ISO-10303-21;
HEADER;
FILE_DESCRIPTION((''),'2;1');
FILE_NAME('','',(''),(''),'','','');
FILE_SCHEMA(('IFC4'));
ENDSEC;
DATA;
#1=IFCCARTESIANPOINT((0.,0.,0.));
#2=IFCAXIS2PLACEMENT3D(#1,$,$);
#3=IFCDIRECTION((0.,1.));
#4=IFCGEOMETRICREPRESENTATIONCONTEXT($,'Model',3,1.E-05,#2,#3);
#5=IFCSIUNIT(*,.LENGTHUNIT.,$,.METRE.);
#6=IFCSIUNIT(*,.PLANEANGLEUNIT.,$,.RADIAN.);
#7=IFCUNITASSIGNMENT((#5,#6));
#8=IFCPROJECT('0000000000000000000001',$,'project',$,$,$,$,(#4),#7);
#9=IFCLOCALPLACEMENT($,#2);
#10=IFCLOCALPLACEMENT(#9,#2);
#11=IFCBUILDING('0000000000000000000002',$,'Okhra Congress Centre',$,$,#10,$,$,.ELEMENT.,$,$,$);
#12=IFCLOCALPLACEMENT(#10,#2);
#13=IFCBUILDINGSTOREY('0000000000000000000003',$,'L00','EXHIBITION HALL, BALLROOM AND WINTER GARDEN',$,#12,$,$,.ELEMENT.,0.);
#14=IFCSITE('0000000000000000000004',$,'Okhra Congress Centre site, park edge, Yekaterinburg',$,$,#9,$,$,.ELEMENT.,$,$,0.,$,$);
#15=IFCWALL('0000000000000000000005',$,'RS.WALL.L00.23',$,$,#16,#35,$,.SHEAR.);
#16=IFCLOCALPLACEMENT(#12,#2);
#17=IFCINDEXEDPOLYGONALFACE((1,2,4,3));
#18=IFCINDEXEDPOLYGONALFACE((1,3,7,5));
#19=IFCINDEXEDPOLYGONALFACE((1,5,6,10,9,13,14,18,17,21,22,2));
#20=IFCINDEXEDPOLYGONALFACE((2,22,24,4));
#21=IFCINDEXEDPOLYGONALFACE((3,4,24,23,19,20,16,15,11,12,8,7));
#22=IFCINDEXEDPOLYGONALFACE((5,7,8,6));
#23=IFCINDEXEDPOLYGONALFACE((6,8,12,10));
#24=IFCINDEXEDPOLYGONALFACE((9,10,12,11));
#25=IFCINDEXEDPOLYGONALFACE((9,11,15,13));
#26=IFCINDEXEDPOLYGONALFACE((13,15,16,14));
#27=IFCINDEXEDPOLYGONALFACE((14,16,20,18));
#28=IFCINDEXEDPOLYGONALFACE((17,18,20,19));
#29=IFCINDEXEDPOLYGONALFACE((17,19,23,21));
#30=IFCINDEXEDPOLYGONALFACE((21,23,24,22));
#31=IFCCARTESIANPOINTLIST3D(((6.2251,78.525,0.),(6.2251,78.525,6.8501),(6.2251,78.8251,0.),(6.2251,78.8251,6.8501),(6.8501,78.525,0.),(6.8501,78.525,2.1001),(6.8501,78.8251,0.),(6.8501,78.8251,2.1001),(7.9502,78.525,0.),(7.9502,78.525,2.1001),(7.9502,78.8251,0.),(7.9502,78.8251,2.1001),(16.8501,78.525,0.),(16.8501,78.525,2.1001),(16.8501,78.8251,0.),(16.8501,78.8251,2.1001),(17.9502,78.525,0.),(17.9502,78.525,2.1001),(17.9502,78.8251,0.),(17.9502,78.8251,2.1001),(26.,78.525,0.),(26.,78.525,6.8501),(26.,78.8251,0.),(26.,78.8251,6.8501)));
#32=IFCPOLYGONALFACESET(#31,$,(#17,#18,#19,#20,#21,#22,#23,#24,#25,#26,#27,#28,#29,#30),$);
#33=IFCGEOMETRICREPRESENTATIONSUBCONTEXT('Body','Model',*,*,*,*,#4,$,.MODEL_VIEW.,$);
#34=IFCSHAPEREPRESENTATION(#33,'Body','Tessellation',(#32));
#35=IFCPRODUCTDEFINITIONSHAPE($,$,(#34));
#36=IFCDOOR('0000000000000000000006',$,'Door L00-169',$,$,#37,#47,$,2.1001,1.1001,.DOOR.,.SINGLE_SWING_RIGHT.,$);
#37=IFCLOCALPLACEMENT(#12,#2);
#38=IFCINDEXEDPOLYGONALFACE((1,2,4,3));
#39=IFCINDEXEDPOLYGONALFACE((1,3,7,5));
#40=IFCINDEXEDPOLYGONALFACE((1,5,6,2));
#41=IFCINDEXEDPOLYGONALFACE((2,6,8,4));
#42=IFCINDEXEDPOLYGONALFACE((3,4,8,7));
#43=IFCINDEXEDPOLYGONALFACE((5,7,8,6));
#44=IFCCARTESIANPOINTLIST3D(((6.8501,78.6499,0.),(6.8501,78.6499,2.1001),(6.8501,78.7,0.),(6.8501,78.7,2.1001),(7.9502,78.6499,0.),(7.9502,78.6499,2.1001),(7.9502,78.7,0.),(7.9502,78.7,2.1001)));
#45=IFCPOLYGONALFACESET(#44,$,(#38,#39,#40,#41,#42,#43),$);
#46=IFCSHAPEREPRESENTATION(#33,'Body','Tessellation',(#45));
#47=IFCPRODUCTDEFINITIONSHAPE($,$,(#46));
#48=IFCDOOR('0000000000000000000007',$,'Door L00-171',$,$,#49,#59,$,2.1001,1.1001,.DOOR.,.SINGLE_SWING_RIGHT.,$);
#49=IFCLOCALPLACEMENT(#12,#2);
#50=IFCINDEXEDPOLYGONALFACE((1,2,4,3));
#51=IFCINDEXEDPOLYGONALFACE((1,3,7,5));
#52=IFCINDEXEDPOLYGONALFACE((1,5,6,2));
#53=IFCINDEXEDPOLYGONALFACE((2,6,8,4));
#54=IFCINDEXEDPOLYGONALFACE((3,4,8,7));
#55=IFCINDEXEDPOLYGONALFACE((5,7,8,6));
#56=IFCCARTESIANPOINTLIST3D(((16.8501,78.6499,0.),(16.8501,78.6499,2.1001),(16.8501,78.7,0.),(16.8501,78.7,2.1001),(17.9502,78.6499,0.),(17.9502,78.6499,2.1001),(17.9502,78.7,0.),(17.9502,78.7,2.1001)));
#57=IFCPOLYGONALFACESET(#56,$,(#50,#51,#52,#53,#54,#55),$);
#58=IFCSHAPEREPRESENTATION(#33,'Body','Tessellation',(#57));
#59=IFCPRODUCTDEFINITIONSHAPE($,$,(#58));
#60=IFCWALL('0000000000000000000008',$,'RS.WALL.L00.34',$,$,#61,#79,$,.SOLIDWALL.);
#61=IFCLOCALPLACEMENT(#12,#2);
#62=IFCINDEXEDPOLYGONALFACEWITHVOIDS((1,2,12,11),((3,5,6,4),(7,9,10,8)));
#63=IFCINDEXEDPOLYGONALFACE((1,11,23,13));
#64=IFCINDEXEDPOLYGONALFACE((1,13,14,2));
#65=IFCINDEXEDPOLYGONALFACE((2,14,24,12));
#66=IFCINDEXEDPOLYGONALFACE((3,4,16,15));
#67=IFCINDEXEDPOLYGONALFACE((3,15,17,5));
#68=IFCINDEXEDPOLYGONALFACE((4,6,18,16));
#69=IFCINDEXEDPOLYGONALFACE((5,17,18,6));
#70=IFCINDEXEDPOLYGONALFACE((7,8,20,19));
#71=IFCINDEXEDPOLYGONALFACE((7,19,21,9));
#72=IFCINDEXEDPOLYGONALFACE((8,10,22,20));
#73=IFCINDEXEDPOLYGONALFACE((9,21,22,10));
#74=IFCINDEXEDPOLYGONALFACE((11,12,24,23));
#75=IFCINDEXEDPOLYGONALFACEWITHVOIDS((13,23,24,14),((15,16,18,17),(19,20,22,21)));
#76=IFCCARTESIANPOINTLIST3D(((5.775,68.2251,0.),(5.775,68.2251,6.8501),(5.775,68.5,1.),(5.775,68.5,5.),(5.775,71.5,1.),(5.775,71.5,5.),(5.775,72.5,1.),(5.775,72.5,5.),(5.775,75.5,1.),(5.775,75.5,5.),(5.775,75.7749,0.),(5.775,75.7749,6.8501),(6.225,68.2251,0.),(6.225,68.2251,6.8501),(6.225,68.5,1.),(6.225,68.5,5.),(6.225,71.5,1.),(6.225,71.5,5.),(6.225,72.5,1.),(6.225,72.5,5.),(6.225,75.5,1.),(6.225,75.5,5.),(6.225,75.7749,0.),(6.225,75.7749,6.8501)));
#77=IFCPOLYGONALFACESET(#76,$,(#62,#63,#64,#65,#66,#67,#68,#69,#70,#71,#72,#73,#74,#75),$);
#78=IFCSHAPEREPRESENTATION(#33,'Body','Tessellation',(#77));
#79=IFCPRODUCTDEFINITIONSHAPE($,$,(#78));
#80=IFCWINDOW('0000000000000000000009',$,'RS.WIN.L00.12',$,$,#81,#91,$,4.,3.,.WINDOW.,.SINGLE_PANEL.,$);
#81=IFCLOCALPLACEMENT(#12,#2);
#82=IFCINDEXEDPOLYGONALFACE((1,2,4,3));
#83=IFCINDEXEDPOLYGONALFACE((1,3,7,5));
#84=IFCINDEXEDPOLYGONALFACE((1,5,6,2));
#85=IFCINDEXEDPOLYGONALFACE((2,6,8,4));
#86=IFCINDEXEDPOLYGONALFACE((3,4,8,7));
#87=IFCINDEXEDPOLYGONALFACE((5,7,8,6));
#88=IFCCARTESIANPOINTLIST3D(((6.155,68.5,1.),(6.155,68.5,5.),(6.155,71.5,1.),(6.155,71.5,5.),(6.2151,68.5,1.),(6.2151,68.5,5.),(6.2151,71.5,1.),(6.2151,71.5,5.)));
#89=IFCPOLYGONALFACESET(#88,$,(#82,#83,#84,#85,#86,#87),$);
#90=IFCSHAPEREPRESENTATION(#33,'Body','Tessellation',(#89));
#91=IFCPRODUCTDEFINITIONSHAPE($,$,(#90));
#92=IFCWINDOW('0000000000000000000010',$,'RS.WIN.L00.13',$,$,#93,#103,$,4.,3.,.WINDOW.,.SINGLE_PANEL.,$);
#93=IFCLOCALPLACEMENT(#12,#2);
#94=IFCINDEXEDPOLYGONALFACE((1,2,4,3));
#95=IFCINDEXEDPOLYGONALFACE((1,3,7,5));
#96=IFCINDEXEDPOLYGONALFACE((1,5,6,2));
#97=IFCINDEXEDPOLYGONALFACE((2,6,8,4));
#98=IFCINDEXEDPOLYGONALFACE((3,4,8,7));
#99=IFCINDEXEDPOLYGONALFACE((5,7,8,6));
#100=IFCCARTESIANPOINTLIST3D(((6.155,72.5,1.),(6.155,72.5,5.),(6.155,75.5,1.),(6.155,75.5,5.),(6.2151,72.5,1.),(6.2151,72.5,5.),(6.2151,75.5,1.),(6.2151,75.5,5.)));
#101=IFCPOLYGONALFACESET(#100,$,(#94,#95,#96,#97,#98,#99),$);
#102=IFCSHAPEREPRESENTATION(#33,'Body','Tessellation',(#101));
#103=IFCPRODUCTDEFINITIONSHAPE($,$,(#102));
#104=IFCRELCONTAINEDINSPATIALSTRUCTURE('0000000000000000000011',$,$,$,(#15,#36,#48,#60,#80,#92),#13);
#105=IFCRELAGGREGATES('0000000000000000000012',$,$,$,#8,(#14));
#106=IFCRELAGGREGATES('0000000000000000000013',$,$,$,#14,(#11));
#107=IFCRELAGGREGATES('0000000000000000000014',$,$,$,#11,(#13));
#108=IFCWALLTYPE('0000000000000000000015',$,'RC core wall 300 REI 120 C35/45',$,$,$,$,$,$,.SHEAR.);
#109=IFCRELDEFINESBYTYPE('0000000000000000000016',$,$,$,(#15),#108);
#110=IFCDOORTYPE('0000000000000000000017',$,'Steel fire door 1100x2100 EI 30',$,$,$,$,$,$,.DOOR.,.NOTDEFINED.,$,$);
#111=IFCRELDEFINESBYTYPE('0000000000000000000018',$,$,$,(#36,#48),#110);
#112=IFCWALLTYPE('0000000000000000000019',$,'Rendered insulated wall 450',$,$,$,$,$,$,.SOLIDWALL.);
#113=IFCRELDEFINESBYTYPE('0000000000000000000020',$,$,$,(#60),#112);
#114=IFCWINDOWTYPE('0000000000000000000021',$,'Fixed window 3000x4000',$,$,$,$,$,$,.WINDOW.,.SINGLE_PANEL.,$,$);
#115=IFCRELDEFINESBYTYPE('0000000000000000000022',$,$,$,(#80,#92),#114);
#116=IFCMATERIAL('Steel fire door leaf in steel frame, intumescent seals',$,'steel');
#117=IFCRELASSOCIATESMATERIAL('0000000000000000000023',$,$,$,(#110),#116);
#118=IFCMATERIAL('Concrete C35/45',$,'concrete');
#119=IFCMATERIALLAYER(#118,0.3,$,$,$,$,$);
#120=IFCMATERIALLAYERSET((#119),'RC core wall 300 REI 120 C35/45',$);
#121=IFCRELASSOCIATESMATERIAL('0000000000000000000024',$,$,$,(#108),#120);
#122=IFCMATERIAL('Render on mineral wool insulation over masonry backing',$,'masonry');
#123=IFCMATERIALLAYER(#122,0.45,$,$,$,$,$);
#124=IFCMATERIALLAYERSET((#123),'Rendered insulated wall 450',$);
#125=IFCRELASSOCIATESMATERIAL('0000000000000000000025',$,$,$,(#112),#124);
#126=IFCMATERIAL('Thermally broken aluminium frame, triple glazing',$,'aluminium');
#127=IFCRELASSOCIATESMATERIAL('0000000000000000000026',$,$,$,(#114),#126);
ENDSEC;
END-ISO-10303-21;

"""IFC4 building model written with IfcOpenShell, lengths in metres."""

from ifc_helpers import new_model, si_unit, direction, frame, frame_2d, origin, place, context, subcontext, project, spatial, rectangle, extrude, material, layer, layer_set, type_object, element, fill, save


model = new_model("IFC4")

# Units and contexts
model_context = context("Model", 3, precision=1e-05, world=origin(), true_north=direction((0.0, 1.0)))
body_context = subcontext(model_context, "Body", "Model", "MODEL_VIEW")
ifc_project = project(units=[si_unit("LENGTHUNIT", "METRE"), si_unit("PLANEANGLEUNIT", "RADIAN")], contexts=[model_context])

# Site, building, storey
site_placement = place(None, origin())
site = spatial("IfcSite", under=ifc_project, at=site_placement, Name="Okhra Congress Centre site, park edge, Yekaterinburg", CompositionType="ELEMENT", RefElevation=0.0)
building_placement = place(site_placement, origin())
building = spatial("IfcBuilding", under=site, at=building_placement, Name="Okhra Congress Centre", CompositionType="ELEMENT")
storey_placement = place(building_placement, origin())
storey = spatial("IfcBuildingStorey", under=building, at=storey_placement, Name="L00", Description="EXHIBITION HALL, BALLROOM AND WINTER GARDEN", CompositionType="ELEMENT", Elevation=0.0)

# Shared definitions
ifc_material_1 = material(Name="Concrete C35/45", Category="concrete")

# Shared definitions
ifc_material_2 = material(Name="Steel fire door leaf in steel frame, intumescent seals", Category="steel")
door_type_1 = type_object("IfcDoorType", Name="Steel fire door 1100x2100 EI 30", OperationType="NOTDEFINED", PredefinedType="DOOR", material=ifc_material_2)

# Wall, openings, doors
ifc_layer_1 = layer(ifc_material_1, 0.3)
ifc_layer_set_1 = layer_set([ifc_layer_1], Name="RC core wall 300 REI 120 C35/45")
wall_type_1 = type_object("IfcWallType", Name="RC core wall 300 REI 120 C35/45", PredefinedType="SHEAR", material=ifc_layer_set_1)
wall_1_placement = place(storey_placement, frame((6.2251, 78.675, 0.0), z_axis=(0.0, 0.0, 1.0), x_axis=(1.0, 0.0, 0.0)))
wall_1 = element("IfcWall", 1, at=wall_1_placement, inside=storey, type_object=wall_type_1, Name="RS.WALL.L00.23", PredefinedType="SHEAR", context=body_context, shape_type="SweptSolid", body=[
    extrude(rectangle(XDim=19.7749, YDim=0.3, at=frame_2d((9.8875, 0.0))), origin(), (0.0, 0.0, 1.0), 6.8501),
])
opening_1_placement = place(wall_1_placement, frame((0.625, 0.0, 0.0)))
opening_1 = element("IfcOpeningElement", 2, at=opening_1_placement, cuts=wall_1, PredefinedType="OPENING", context=body_context, shape_type="SweptSolid", body=[
    extrude(rectangle(XDim=1.1001, YDim=2.1001, at=frame_2d((0.55, 1.05))), frame((0.0, 0.1599, 0.0), z_axis=(0.0, -1.0, 0.0), x_axis=(1.0, 0.0, 0.0)), (0.0, 0.0, 1.0), 0.3201),
])
opening_2_placement = place(wall_1_placement, frame((10.625, 0.0, 0.0)))
opening_2 = element("IfcOpeningElement", 3, at=opening_2_placement, cuts=wall_1, PredefinedType="OPENING", context=body_context, shape_type="SweptSolid", body=[
    extrude(rectangle(XDim=1.1001, YDim=2.1001, at=frame_2d((0.55, 1.05))), frame((0.0, 0.1599, 0.0), z_axis=(0.0, -1.0, 0.0), x_axis=(1.0, 0.0, 0.0)), (0.0, 0.0, 1.0), 0.3201),
])
door_1_placement = place(opening_1_placement, origin())
door_1 = element("IfcDoor", 4, at=door_1_placement, inside=storey, type_object=door_type_1, Name="Door L00-169", OperationType="SINGLE_SWING_RIGHT", OverallHeight=2.1001, OverallWidth=1.1001, PredefinedType="DOOR", context=body_context, shape_type="SweptSolid", body=[
    extrude(rectangle(XDim=1.1001, YDim=2.1001, at=frame_2d((0.55, 1.05))), frame((0.0, 0.0249, 0.0), z_axis=(0.0, -1.0, 0.0), x_axis=(1.0, 0.0, 0.0)), (0.0, 0.0, 1.0), 0.05),
])
fill(opening_1, door_1)
door_2_placement = place(opening_2_placement, origin())
door_2 = element("IfcDoor", 5, at=door_2_placement, inside=storey, type_object=door_type_1, Name="Door L00-171", OperationType="SINGLE_SWING_RIGHT", OverallHeight=2.1001, OverallWidth=1.1001, PredefinedType="DOOR", context=body_context, shape_type="SweptSolid", body=[
    extrude(rectangle(XDim=1.1001, YDim=2.1001, at=frame_2d((0.55, 1.05))), frame((0.0, 0.0249, 0.0), z_axis=(0.0, -1.0, 0.0), x_axis=(1.0, 0.0, 0.0)), (0.0, 0.0, 1.0), 0.05),
])
fill(opening_2, door_2)

# Wall, openings, windows
ifc_material_3 = material(Name="Render on mineral wool insulation over masonry backing", Category="masonry")
ifc_layer_2 = layer(ifc_material_3, 0.45)
ifc_layer_set_2 = layer_set([ifc_layer_2], Name="Rendered insulated wall 450")
wall_type_2 = type_object("IfcWallType", Name="Rendered insulated wall 450", PredefinedType="SOLIDWALL", material=ifc_layer_set_2)
wall_2_placement = place(storey_placement, frame((6.0, 75.7749, 0.0), z_axis=(0.0, 0.0, 1.0), x_axis=(0.0, -1.0, 0.0)))
wall_2 = element("IfcWall", 6, at=wall_2_placement, inside=storey, type_object=wall_type_2, Name="RS.WALL.L00.34", PredefinedType="SOLIDWALL", context=body_context, shape_type="SweptSolid", body=[
    extrude(rectangle(XDim=7.5498, YDim=0.45, at=frame_2d((3.7749, 0.0))), origin(), (0.0, 0.0, 1.0), 6.8501),
])
opening_3_placement = place(wall_2_placement, frame((4.2749, 0.0, 1.0)))
opening_3 = element("IfcOpeningElement", 7, at=opening_3_placement, cuts=wall_2, PredefinedType="OPENING", context=body_context, shape_type="SweptSolid", body=[
    extrude(rectangle(XDim=3.0, YDim=4.0, at=frame_2d((1.5, 2.0))), frame((0.0, 0.2349, 0.0), z_axis=(0.0, -1.0, 0.0), x_axis=(1.0, 0.0, 0.0)), (0.0, 0.0, 1.0), 0.47),
])
opening_4_placement = place(wall_2_placement, frame((0.2749, 0.0, 1.0)))
opening_4 = element("IfcOpeningElement", 8, at=opening_4_placement, cuts=wall_2, PredefinedType="OPENING", context=body_context, shape_type="SweptSolid", body=[
    extrude(rectangle(XDim=3.0, YDim=4.0, at=frame_2d((1.5, 2.0))), frame((0.0, 0.2349, 0.0), z_axis=(0.0, -1.0, 0.0), x_axis=(1.0, 0.0, 0.0)), (0.0, 0.0, 1.0), 0.47),
])
ifc_material_4 = material(Name="Thermally broken aluminium frame, triple glazing", Category="aluminium")
window_type = type_object("IfcWindowType", Name="Fixed window 3000x4000", PartitioningType="SINGLE_PANEL", PredefinedType="WINDOW", material=ifc_material_4)
window_1_placement = place(opening_3_placement, origin())
window_1 = element("IfcWindow", 9, at=window_1_placement, inside=storey, type_object=window_type, Name="RS.WIN.L00.12", OverallHeight=4.0, OverallWidth=3.0, PartitioningType="SINGLE_PANEL", PredefinedType="WINDOW", context=body_context, shape_type="SweptSolid", body=[
    extrude(rectangle(XDim=3.0, YDim=4.0, at=frame_2d((1.5, 2.0))), frame((0.0, 0.2151, 0.0), z_axis=(0.0, -1.0, 0.0), x_axis=(1.0, 0.0, 0.0)), (0.0, 0.0, 1.0), 0.0601),
])
fill(opening_3, window_1)
window_2_placement = place(opening_4_placement, origin())
window_2 = element("IfcWindow", 10, at=window_2_placement, inside=storey, type_object=window_type, Name="RS.WIN.L00.13", OverallHeight=4.0, OverallWidth=3.0, PartitioningType="SINGLE_PANEL", PredefinedType="WINDOW", context=body_context, shape_type="SweptSolid", body=[
    extrude(rectangle(XDim=3.0, YDim=4.0, at=frame_2d((1.5, 2.0))), frame((0.0, 0.2151, 0.0), z_axis=(0.0, -1.0, 0.0), x_axis=(1.0, 0.0, 0.0)), (0.0, 0.0, 1.0), 0.0601),
])
fill(opening_4, window_2)

save(model, "model.ifc")
